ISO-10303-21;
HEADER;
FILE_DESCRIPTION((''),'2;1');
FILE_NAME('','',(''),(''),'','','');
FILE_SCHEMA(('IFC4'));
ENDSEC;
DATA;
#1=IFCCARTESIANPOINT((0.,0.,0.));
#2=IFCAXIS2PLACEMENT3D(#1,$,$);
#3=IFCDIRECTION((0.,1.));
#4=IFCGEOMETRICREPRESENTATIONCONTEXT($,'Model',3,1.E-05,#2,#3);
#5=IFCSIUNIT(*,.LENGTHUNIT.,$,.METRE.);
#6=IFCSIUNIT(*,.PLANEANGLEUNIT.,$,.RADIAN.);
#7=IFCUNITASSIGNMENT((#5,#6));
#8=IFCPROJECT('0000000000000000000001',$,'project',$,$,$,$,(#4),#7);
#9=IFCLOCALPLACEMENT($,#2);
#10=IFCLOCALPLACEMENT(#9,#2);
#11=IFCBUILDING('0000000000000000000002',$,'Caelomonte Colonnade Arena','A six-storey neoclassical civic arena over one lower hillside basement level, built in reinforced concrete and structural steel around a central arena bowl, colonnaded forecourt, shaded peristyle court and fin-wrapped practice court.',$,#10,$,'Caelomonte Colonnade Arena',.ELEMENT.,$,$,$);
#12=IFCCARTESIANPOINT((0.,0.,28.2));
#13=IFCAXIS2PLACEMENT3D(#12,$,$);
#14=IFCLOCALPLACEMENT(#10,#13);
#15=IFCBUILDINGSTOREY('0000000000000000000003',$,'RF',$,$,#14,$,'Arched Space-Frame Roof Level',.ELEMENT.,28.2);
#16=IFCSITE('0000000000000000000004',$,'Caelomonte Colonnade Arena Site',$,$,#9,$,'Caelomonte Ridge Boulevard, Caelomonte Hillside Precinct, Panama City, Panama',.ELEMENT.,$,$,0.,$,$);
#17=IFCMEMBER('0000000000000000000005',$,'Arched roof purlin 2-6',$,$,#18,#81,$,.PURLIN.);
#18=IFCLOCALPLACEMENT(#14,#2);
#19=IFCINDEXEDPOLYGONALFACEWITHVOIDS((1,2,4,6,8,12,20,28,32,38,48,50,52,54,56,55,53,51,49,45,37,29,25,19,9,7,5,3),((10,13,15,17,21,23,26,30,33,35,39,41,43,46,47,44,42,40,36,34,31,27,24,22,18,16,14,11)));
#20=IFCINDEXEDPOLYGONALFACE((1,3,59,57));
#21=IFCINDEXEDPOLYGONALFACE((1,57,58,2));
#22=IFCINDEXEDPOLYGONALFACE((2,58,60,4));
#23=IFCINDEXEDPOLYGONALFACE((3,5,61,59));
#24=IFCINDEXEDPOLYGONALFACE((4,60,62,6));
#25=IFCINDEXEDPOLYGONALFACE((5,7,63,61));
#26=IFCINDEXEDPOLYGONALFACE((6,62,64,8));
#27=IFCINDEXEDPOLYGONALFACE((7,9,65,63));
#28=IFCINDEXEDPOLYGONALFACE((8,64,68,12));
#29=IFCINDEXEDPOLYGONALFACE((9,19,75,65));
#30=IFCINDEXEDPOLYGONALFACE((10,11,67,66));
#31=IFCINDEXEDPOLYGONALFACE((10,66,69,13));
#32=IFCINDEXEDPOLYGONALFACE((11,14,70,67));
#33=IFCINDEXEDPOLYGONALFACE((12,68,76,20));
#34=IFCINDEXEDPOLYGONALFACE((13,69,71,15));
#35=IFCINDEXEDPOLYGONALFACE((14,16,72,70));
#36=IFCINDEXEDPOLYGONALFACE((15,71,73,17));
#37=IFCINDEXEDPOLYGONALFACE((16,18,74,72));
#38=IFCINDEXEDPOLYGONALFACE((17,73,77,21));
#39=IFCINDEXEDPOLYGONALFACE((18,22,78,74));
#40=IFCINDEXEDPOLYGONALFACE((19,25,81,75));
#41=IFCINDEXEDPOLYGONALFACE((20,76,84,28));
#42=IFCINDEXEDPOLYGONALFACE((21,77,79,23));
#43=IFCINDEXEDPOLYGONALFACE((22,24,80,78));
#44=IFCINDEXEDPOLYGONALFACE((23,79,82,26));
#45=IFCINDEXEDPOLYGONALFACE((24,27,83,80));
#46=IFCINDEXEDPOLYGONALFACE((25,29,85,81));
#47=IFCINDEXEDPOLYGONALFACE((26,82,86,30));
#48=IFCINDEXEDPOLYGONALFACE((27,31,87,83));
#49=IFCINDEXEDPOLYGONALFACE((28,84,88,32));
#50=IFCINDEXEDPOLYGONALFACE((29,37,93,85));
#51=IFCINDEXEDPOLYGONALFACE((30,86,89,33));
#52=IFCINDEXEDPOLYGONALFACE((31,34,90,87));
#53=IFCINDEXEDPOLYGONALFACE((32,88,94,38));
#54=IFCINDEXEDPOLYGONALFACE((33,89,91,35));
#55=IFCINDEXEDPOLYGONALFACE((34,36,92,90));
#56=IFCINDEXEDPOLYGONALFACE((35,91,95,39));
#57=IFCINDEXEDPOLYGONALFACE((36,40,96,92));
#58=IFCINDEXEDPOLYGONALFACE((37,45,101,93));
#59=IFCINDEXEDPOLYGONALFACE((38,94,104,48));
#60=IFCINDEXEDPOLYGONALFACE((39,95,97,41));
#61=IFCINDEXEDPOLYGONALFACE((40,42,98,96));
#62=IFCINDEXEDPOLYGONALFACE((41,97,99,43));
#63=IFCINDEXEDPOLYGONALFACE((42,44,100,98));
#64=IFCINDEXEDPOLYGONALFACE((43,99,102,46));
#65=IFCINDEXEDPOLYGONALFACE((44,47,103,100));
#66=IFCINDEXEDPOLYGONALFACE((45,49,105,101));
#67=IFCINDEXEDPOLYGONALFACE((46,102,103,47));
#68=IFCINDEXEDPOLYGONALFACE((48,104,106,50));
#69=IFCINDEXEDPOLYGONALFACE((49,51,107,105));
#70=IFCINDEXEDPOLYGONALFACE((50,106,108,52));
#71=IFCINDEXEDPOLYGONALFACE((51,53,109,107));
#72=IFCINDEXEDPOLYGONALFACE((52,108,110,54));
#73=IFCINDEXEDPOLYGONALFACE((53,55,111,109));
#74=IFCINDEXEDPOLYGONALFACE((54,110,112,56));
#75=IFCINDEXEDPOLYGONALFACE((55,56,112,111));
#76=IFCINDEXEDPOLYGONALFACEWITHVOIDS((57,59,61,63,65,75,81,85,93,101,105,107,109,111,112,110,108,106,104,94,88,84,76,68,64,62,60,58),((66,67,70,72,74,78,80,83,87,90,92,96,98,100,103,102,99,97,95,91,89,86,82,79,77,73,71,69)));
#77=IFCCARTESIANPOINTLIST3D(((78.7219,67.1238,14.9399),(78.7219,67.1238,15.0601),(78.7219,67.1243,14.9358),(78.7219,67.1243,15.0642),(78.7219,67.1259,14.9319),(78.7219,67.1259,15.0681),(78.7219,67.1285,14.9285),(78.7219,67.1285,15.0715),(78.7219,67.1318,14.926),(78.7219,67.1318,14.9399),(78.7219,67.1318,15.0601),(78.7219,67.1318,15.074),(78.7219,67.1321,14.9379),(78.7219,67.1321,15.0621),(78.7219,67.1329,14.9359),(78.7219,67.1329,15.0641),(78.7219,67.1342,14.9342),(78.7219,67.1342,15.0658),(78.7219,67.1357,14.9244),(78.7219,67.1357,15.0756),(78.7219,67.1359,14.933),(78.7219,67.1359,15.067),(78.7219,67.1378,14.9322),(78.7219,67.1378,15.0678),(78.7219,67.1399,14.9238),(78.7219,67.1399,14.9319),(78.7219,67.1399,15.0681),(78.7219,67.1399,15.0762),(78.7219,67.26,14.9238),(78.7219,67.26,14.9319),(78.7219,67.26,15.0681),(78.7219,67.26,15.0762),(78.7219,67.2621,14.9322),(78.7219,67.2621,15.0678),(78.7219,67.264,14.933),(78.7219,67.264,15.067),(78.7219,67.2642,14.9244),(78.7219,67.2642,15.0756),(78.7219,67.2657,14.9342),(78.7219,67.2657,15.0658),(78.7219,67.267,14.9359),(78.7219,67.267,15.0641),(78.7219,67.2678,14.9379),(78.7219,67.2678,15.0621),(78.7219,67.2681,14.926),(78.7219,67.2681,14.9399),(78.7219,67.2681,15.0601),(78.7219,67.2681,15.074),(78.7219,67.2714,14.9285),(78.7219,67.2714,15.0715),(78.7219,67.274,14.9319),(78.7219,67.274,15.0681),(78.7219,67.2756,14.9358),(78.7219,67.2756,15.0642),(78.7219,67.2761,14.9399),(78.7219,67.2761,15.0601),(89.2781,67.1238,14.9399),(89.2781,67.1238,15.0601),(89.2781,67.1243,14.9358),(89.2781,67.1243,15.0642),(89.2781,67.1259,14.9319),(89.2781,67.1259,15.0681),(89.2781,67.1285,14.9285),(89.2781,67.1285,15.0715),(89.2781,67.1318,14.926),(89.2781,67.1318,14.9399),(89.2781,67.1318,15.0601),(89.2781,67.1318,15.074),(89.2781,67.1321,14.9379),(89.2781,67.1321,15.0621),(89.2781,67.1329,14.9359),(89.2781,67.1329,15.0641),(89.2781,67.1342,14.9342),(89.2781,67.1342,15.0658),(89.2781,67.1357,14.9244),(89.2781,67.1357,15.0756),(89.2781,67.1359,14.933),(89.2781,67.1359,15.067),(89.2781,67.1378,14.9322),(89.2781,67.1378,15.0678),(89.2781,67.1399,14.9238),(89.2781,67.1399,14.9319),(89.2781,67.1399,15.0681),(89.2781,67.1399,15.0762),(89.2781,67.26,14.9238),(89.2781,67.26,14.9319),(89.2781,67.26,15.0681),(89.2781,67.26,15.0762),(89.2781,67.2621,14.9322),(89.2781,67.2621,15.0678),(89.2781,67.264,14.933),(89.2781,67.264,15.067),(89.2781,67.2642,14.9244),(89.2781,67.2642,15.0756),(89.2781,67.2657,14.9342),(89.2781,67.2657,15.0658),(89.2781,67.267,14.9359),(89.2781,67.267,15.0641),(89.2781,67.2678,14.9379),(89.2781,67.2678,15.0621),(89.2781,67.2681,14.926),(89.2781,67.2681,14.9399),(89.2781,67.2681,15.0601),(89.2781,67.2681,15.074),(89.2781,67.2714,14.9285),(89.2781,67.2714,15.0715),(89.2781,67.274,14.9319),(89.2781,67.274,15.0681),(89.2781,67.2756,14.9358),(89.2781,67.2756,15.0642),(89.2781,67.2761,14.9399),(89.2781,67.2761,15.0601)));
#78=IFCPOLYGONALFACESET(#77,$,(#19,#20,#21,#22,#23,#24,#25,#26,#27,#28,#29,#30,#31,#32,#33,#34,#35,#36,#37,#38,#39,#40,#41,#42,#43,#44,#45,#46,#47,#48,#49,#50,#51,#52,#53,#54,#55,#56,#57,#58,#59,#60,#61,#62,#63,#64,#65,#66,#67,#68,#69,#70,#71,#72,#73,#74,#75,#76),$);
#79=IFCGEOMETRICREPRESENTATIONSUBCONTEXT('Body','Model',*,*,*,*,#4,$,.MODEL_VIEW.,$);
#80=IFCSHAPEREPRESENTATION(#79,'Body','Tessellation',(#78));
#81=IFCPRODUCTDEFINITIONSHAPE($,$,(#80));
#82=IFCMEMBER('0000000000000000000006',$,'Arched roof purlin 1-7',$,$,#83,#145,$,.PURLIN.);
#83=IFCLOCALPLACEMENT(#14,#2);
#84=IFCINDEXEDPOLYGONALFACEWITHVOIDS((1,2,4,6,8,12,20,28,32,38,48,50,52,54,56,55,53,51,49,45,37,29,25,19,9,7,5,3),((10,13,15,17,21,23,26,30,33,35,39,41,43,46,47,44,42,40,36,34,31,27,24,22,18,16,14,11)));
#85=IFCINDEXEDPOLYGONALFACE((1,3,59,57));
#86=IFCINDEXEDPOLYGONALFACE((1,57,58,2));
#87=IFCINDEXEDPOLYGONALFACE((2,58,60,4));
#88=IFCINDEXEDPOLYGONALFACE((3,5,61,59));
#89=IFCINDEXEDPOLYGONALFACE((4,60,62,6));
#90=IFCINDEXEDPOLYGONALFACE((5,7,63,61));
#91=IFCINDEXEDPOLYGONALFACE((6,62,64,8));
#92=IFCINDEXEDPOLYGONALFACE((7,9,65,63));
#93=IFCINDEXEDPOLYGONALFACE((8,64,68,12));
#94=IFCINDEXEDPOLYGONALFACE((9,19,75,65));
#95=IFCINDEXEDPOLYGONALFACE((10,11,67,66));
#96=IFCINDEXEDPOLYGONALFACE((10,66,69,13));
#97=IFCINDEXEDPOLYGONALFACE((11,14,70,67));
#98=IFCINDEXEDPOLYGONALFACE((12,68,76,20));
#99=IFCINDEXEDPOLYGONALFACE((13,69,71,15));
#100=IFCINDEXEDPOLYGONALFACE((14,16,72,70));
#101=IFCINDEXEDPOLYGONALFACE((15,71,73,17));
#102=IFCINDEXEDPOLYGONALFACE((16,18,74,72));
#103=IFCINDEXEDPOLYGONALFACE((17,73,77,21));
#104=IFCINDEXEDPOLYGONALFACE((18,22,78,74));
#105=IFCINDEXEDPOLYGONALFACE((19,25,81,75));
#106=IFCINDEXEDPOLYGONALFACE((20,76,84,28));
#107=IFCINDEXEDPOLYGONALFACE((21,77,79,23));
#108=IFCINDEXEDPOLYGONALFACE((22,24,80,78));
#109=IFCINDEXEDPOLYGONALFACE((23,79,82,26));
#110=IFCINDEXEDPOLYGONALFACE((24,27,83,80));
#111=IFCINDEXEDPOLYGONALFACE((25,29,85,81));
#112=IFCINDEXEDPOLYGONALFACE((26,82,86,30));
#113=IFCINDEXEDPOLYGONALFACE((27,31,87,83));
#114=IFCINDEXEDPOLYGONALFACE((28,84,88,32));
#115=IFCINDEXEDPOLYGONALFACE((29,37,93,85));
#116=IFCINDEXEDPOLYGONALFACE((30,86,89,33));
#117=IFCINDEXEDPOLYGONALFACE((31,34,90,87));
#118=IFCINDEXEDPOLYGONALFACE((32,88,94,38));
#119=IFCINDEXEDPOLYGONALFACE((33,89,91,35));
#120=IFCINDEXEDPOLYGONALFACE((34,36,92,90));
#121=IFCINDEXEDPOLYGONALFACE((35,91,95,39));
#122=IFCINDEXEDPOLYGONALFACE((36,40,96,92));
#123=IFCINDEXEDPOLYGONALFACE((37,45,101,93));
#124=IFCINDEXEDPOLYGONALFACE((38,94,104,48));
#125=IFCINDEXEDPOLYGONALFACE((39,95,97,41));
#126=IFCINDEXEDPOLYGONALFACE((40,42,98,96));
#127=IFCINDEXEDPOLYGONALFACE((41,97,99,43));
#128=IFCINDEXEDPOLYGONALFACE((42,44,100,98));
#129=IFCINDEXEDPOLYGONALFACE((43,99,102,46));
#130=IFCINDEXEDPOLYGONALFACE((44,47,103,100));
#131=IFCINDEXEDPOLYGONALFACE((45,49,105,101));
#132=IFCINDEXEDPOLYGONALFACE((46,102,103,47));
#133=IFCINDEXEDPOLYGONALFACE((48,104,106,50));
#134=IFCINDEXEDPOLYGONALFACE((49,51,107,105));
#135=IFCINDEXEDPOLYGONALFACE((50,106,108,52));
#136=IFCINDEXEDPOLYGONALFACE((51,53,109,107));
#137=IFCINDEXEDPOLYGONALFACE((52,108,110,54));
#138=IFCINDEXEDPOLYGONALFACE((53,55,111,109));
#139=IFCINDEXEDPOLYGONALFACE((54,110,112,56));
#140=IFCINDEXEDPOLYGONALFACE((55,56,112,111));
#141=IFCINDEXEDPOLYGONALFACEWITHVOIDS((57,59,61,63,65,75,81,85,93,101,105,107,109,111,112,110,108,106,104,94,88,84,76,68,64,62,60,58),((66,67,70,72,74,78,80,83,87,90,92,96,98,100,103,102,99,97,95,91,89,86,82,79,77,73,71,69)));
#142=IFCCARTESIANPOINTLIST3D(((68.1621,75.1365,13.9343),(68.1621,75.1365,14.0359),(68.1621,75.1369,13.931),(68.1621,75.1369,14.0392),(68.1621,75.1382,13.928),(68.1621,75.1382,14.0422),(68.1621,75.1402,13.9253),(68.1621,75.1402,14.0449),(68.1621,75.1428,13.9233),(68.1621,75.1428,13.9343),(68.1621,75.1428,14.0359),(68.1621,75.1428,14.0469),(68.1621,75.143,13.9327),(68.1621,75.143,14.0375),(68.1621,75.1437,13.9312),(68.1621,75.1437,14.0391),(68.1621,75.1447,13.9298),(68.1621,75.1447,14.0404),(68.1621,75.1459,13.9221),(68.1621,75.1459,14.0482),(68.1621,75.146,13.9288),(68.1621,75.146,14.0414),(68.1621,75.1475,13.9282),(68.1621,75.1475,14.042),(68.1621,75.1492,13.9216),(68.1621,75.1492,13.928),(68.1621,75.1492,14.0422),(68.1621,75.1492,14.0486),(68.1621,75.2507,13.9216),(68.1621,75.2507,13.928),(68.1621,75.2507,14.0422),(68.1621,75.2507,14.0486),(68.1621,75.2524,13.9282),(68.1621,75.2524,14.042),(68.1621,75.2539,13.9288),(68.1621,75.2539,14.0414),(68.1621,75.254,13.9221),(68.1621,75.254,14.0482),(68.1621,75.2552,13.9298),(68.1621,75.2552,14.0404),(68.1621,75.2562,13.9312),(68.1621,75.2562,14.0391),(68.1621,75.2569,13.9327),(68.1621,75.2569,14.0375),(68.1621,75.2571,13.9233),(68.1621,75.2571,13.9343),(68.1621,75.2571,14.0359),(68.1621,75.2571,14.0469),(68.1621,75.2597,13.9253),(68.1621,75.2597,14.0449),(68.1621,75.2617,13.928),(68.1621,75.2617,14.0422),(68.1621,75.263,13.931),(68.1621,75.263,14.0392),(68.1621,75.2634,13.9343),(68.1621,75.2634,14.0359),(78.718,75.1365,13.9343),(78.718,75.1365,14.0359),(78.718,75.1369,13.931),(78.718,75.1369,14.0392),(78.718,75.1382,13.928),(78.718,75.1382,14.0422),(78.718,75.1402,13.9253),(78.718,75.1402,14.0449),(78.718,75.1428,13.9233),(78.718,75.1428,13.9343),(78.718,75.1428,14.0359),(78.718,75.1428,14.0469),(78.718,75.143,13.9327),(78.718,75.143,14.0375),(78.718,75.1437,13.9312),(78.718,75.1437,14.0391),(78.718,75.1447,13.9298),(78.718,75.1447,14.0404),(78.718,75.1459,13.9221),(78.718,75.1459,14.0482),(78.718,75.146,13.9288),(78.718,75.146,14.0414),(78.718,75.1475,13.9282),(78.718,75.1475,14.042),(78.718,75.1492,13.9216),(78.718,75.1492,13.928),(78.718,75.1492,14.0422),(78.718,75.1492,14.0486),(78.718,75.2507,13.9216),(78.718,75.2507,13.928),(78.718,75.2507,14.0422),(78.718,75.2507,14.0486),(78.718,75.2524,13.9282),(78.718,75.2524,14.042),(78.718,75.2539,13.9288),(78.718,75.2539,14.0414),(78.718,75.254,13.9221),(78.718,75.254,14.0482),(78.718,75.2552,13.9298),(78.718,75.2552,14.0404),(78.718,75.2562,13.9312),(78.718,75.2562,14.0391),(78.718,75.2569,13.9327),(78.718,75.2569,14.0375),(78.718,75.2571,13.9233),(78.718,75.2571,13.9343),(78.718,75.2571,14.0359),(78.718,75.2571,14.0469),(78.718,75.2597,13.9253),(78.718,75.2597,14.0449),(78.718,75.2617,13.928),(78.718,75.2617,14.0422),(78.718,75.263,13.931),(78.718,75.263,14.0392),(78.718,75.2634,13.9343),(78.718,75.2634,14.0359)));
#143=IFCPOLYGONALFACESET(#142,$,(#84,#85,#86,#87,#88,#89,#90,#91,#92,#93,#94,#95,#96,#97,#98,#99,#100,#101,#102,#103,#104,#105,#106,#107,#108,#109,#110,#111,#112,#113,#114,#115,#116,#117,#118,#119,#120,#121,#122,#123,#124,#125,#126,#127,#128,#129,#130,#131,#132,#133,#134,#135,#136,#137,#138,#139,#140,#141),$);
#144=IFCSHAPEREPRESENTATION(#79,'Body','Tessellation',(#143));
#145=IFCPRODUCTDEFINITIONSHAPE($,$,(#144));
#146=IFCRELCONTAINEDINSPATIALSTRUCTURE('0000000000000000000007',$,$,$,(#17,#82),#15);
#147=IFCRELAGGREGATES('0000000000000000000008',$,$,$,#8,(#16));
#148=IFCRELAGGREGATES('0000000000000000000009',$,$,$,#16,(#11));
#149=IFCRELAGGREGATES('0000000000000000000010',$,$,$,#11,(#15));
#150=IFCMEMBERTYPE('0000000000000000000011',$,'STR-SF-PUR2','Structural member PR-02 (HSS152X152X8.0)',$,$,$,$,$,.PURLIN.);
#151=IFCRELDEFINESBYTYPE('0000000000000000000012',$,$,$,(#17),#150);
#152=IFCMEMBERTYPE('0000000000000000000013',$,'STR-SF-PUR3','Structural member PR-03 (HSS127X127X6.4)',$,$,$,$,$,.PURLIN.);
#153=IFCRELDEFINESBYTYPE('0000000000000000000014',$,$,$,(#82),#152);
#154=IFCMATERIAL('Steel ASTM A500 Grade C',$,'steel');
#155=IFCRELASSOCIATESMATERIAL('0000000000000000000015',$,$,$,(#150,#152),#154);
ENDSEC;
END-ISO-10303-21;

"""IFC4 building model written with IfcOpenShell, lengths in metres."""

from ifc_helpers import new_model, si_unit, direction, frame, origin, origin_2d, place, context, subcontext, project, spatial, hollow_rectangle, extrude, material, material_profile, profile_set, type_object, element, save


model = new_model("IFC4")

# Units and contexts
model_context = context("Model", 3, precision=1e-05, world=origin(), true_north=direction((0.0, 1.0)))
body_context = subcontext(model_context, "Body", "Model", "MODEL_VIEW")
ifc_project = project(units=[si_unit("LENGTHUNIT", "METRE"), si_unit("PLANEANGLEUNIT", "RADIAN")], contexts=[model_context])

# Site, building, storey
site_placement = place(None, origin())
site = spatial("IfcSite", under=ifc_project, at=site_placement, Name="Caelomonte Colonnade Arena Site", LongName="Caelomonte Ridge Boulevard, Caelomonte Hillside Precinct, Panama City, Panama", CompositionType="ELEMENT", RefElevation=0.0)
building_placement = place(site_placement, origin())
building = spatial("IfcBuilding", under=site, at=building_placement, Name="Caelomonte Colonnade Arena", Description="A six-storey neoclassical civic arena over one lower hillside basement level, built in reinforced concrete and structural steel around a central arena bowl, colonnaded forecourt, shaded peristyle court and fin-wrapped practice court.", LongName="Caelomonte Colonnade Arena", CompositionType="ELEMENT")
storey_placement = place(building_placement, frame((0.0, 0.0, 28.2)))
storey = spatial("IfcBuildingStorey", under=building, at=storey_placement, Name="RF", LongName="Arched Space-Frame Roof Level", CompositionType="ELEMENT", Elevation=28.2)

# Members
ifc_material_1 = material(Name="Steel ASTM A500 Grade C", Category="steel")
ifc_material_profile_1 = material_profile(ifc_material_1, hollow_rectangle(XDim=0.1523, YDim=0.1523, WallThickness=0.0081, InnerFilletRadius=0.0081, OuterFilletRadius=0.0161, at=origin_2d()), Name="HSS152X152X8.0")
ifc_profile_set_1 = profile_set([ifc_material_profile_1], Name="Steel ASTM A500 Grade C")
member_type_1 = type_object("IfcMemberType", Name="STR-SF-PUR2", Description="Structural member PR-02 (HSS152X152X8.0)", PredefinedType="PURLIN", material=ifc_profile_set_1)
member_1_placement = place(storey_placement, frame((78.7219, 67.2, 15.0), z_axis=(1.0, 0.0, 0.0), x_axis=(0.0, 1.0, 0.0)))
element("IfcMember", 1, at=member_1_placement, inside=storey, type_object=member_type_1, Name="Arched roof purlin 2-6", PredefinedType="PURLIN", context=body_context, shape_type="SweptSolid", body=[
    extrude(hollow_rectangle(XDim=0.1523, YDim=0.1523, WallThickness=0.0081, InnerFilletRadius=0.0081, OuterFilletRadius=0.0161, at=origin_2d()), origin(), (0.0, 0.0, 1.0), 10.5562),
])
ifc_material_profile_2 = material_profile(ifc_material_1, hollow_rectangle(XDim=0.127, YDim=0.127, WallThickness=0.0063, InnerFilletRadius=0.0063, OuterFilletRadius=0.0127, at=origin_2d()), Name="HSS127X127X6.4")
ifc_profile_set_2 = profile_set([ifc_material_profile_2], Name="Steel ASTM A500 Grade C")
member_type_2 = type_object("IfcMemberType", Name="STR-SF-PUR3", Description="Structural member PR-03 (HSS127X127X6.4)", PredefinedType="PURLIN", material=ifc_profile_set_2)
member_2_placement = place(storey_placement, frame((68.1621, 75.2, 13.9851), z_axis=(1.0, 0.0, 0.0), x_axis=(0.0, 1.0, 0.0)))
element("IfcMember", 2, at=member_2_placement, inside=storey, type_object=member_type_2, Name="Arched roof purlin 1-7", PredefinedType="PURLIN", context=body_context, shape_type="SweptSolid", body=[
    extrude(hollow_rectangle(XDim=0.127, YDim=0.127, WallThickness=0.0063, InnerFilletRadius=0.0063, OuterFilletRadius=0.0127, at=origin_2d()), origin(), (0.0, 0.0, 1.0), 10.5559),
])

save(model, "model.ifc")
